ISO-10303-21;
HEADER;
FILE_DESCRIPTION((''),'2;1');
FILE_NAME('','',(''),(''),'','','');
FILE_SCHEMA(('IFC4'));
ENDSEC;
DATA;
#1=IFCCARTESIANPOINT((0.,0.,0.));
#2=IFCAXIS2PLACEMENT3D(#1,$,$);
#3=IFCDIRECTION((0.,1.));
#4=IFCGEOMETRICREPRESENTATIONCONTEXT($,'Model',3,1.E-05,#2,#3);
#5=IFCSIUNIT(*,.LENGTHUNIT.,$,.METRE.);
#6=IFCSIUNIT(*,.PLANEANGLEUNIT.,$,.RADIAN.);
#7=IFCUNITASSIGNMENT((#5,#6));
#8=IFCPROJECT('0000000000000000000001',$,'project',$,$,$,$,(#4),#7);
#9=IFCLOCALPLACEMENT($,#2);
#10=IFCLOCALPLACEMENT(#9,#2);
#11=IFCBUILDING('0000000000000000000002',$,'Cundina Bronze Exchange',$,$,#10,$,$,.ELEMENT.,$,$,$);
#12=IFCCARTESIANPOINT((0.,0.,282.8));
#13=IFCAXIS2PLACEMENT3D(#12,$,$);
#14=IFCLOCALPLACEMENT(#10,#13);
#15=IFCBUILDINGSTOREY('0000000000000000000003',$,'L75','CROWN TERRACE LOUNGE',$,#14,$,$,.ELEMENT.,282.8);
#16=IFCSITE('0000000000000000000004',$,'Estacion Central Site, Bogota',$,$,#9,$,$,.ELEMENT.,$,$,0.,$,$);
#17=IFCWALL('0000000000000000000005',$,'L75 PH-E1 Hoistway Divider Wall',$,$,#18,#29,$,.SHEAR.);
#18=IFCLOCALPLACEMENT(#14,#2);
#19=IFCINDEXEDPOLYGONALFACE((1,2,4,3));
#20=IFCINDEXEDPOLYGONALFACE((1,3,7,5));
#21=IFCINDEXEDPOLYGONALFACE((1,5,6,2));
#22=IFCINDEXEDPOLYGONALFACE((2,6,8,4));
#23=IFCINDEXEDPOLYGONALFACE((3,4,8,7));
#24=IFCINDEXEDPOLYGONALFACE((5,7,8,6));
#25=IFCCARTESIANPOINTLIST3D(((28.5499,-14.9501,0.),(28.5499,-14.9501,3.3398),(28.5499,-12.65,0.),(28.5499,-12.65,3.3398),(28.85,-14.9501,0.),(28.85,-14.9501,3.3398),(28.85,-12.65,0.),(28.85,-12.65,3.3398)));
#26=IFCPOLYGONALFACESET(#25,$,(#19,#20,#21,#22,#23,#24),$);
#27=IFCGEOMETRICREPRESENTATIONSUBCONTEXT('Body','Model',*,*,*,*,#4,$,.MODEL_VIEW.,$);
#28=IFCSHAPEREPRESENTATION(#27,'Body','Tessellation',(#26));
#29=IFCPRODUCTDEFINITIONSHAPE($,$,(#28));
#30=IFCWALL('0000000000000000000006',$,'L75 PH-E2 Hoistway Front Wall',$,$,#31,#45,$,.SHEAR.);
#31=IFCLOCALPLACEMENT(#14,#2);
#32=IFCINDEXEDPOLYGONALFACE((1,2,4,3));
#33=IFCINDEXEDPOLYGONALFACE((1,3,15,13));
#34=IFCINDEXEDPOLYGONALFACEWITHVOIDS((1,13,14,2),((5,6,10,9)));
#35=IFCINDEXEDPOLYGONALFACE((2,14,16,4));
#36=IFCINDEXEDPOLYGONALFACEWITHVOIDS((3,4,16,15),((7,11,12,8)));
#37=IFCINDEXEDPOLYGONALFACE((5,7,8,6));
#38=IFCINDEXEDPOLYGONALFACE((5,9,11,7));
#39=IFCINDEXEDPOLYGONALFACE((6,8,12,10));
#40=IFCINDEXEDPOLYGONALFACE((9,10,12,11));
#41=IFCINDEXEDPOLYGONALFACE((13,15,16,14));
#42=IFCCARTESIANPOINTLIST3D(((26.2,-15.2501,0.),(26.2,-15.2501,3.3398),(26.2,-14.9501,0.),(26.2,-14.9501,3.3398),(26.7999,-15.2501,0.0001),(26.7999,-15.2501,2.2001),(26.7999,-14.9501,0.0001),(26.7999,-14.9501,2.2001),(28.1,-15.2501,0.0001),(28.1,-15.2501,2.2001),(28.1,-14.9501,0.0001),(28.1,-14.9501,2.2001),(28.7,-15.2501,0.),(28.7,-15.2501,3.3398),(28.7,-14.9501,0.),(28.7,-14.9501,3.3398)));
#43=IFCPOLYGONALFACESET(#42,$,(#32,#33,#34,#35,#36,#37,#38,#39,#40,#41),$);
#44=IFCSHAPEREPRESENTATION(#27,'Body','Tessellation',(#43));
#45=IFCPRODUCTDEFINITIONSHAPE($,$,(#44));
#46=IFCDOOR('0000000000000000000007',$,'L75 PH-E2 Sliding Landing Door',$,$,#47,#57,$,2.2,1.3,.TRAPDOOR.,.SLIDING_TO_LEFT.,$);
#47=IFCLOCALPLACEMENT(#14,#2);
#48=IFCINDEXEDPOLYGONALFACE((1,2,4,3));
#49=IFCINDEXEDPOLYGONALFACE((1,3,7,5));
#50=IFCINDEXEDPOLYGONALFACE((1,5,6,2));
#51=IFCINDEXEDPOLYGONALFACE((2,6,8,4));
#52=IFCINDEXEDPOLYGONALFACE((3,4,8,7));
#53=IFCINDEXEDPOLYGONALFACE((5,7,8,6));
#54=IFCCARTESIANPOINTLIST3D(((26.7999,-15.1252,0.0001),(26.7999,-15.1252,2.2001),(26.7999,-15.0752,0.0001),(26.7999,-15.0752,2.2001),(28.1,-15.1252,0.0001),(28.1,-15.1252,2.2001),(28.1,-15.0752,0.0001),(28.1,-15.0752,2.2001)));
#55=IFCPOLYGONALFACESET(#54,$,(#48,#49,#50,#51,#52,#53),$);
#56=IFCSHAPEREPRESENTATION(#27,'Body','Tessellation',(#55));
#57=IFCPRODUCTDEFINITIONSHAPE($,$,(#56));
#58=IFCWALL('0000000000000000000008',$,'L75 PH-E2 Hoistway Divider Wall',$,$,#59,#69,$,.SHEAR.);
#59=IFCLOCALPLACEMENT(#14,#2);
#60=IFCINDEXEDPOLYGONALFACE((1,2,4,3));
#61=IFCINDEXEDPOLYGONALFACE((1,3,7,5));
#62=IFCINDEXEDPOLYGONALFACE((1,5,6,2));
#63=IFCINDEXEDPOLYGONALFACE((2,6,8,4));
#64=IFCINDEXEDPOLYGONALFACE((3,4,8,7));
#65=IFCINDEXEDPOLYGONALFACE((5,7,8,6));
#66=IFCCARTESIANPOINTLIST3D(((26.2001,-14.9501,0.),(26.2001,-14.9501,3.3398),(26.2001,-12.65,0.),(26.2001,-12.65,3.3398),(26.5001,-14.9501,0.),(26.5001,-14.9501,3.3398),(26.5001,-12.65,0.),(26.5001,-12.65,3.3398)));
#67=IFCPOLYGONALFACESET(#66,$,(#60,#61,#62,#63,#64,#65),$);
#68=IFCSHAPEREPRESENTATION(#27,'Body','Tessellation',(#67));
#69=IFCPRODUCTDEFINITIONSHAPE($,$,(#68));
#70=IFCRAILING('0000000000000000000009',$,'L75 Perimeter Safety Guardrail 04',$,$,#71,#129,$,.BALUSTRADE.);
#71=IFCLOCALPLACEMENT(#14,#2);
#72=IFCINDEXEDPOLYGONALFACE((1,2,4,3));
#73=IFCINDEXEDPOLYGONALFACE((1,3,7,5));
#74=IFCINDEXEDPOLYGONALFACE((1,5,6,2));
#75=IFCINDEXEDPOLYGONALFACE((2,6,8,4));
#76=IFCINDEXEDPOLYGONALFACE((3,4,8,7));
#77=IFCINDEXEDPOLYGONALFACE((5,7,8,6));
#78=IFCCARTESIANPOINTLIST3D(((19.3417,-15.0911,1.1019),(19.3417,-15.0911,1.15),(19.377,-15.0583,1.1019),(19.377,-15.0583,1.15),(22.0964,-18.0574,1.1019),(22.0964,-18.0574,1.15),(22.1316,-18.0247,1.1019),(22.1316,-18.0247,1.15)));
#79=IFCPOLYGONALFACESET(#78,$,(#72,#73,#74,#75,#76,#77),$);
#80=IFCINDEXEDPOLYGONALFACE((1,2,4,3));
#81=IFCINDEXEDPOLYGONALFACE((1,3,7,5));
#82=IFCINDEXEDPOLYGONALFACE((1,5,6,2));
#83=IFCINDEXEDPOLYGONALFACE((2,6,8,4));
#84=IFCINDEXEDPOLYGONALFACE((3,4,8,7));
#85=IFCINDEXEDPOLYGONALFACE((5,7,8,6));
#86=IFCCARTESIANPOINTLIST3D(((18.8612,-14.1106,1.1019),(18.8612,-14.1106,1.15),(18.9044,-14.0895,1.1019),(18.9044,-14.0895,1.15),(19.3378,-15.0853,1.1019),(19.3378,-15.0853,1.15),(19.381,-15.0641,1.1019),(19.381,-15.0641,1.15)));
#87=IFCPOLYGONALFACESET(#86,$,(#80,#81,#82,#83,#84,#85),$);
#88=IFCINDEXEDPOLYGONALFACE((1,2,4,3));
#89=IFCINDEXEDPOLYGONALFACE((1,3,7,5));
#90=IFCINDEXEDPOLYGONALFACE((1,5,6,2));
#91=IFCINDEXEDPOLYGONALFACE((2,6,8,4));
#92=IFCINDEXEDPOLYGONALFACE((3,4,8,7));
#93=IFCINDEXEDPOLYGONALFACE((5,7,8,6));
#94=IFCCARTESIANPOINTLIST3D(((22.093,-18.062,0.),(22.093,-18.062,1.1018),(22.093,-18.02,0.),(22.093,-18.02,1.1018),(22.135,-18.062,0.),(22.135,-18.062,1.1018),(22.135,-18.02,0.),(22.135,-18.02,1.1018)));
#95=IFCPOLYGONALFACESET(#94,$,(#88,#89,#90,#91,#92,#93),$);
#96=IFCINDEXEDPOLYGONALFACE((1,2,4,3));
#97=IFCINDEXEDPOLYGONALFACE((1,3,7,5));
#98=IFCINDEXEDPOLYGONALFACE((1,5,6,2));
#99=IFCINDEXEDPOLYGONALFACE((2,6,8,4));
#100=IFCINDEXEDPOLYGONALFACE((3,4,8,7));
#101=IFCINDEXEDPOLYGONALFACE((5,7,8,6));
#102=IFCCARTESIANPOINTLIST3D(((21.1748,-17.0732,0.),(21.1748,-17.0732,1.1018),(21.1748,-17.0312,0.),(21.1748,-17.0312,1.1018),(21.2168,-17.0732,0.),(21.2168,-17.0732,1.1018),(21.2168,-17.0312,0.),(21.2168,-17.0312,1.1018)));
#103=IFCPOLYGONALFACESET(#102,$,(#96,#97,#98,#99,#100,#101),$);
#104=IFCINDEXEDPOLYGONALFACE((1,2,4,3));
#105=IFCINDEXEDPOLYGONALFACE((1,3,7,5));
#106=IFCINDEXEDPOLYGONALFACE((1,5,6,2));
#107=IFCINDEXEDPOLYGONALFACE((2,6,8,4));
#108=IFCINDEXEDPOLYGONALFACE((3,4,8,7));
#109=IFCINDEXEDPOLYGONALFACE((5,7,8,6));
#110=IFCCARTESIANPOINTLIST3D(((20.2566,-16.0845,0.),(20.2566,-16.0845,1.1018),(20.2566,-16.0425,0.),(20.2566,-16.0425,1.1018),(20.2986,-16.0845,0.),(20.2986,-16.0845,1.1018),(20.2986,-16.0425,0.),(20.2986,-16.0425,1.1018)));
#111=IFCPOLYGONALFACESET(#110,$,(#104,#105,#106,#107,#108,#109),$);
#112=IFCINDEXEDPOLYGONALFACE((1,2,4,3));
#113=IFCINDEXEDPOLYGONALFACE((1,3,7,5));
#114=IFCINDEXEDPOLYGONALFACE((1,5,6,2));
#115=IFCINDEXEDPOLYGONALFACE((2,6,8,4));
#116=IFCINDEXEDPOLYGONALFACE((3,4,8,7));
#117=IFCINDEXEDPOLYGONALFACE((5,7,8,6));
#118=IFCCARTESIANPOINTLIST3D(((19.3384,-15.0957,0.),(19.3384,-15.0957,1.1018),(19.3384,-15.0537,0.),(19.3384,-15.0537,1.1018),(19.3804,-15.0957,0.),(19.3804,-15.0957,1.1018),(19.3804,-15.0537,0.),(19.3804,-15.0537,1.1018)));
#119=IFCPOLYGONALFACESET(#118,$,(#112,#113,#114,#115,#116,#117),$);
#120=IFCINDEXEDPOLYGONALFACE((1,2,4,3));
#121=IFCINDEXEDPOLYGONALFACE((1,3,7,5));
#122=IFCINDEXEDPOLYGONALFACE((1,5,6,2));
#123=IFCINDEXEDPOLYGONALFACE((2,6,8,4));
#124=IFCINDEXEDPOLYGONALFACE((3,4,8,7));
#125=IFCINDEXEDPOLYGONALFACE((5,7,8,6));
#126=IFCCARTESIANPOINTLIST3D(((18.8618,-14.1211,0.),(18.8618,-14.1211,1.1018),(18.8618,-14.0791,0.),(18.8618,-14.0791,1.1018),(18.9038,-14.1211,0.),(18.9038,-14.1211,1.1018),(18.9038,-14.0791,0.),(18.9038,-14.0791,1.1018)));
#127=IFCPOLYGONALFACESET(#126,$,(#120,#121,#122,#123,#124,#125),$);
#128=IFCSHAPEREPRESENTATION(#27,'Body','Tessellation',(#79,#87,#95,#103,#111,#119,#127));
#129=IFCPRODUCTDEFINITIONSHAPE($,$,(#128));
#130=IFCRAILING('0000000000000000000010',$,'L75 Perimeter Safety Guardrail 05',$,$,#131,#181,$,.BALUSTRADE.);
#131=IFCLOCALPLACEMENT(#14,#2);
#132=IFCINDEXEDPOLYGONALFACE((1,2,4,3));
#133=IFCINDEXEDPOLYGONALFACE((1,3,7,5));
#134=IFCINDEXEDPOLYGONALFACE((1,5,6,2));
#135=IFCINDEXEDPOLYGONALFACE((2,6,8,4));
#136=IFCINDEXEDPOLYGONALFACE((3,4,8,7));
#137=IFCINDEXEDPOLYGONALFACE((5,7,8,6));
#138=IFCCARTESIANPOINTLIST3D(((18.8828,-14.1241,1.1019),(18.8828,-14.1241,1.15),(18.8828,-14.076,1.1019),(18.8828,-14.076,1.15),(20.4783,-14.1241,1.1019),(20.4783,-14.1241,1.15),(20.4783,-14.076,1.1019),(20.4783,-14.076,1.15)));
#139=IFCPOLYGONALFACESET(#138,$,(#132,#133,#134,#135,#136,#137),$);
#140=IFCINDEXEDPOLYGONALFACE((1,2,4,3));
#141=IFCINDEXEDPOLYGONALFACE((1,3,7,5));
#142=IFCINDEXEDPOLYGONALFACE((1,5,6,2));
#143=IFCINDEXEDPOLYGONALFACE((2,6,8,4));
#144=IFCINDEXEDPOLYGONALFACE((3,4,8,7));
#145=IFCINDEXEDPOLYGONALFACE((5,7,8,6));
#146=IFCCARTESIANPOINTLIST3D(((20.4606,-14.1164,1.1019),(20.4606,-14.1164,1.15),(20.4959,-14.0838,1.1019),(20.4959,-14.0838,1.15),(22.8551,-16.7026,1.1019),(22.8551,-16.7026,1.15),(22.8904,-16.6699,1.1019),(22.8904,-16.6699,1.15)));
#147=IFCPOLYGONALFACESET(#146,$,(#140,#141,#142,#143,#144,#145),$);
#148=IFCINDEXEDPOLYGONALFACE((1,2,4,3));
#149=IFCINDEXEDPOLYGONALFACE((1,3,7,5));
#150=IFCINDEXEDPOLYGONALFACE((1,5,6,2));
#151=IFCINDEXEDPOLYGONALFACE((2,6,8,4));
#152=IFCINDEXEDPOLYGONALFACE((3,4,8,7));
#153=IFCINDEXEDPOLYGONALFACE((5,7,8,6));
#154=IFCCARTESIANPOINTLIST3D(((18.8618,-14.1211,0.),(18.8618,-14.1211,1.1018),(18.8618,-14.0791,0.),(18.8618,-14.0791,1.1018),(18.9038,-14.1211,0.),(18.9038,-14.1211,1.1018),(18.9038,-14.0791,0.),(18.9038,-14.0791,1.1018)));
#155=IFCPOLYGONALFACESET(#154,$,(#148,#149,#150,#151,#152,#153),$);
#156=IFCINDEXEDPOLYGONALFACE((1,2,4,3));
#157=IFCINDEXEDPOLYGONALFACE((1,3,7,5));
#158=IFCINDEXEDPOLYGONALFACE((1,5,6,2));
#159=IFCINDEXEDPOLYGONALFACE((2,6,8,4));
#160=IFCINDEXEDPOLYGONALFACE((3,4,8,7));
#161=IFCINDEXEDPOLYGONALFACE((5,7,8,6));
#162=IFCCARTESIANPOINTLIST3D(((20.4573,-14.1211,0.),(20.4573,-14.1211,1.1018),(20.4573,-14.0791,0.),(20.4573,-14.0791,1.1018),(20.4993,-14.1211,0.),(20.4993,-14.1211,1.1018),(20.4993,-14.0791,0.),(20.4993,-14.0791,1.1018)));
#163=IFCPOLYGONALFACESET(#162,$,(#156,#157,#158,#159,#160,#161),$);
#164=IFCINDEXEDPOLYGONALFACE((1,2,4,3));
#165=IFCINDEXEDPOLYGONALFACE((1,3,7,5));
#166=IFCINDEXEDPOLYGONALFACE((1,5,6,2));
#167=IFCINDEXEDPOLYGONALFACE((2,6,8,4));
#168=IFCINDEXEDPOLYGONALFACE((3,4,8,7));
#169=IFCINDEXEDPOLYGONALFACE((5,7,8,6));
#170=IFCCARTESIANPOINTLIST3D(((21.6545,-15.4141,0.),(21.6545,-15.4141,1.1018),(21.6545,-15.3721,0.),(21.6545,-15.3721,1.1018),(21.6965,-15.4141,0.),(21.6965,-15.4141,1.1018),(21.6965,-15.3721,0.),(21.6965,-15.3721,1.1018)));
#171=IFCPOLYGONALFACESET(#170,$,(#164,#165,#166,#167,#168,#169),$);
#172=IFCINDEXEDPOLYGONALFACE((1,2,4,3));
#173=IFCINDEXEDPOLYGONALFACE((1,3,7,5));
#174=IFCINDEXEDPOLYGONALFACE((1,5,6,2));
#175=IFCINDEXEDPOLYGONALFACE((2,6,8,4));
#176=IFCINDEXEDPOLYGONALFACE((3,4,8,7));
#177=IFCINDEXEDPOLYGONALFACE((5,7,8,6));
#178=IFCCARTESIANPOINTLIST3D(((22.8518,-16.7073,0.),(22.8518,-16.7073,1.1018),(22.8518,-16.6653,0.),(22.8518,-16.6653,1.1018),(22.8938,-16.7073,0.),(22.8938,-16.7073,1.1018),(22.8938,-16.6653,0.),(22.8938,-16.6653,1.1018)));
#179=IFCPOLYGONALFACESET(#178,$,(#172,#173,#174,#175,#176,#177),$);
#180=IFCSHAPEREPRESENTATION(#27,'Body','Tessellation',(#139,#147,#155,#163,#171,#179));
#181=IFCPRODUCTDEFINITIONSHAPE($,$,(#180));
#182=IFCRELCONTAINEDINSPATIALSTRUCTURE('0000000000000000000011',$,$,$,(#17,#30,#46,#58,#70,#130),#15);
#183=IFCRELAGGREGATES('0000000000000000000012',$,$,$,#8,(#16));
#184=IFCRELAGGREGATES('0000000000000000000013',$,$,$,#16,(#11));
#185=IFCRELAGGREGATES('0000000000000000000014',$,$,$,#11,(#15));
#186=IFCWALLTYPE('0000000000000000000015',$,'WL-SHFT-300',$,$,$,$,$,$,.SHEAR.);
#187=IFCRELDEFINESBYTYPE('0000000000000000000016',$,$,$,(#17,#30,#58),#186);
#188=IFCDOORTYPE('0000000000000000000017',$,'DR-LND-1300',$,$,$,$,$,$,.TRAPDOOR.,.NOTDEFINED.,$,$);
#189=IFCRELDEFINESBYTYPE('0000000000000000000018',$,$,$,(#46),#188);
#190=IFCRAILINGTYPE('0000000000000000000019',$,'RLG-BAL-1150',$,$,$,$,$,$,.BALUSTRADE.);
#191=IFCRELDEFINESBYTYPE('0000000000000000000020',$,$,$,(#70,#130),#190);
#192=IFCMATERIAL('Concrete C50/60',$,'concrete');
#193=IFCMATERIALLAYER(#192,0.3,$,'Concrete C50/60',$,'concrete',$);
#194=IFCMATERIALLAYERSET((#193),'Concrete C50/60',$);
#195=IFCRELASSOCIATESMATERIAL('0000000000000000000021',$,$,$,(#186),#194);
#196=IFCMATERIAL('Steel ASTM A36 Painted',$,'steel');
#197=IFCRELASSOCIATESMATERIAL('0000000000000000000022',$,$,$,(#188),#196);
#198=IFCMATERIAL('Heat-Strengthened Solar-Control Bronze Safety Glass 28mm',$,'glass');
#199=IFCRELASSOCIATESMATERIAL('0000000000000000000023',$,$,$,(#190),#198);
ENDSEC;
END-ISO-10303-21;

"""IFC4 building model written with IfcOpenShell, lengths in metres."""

from ifc_helpers import new_model, si_unit, direction, frame, frame_2d, origin, origin_2d, place, context, subcontext, project, spatial, rectangle, extrude, material, layer, layer_set, type_object, element, fill, save


model = new_model("IFC4")

# Units and contexts
model_context = context("Model", 3, precision=1e-05, world=origin(), true_north=direction((0.0, 1.0)))
body_context = subcontext(model_context, "Body", "Model", "MODEL_VIEW")
ifc_project = project(units=[si_unit("LENGTHUNIT", "METRE"), si_unit("PLANEANGLEUNIT", "RADIAN")], contexts=[model_context])

# Site, building, storey
site_placement = place(None, origin())
site = spatial("IfcSite", under=ifc_project, at=site_placement, Name="Estacion Central Site, Bogota", CompositionType="ELEMENT", RefElevation=0.0)
building_placement = place(site_placement, origin())
building = spatial("IfcBuilding", under=site, at=building_placement, Name="Cundina Bronze Exchange", CompositionType="ELEMENT")
storey_placement = place(building_placement, frame((0.0, 0.0, 282.8)))
storey = spatial("IfcBuildingStorey", under=building, at=storey_placement, Name="L75", Description="CROWN TERRACE LOUNGE", CompositionType="ELEMENT", Elevation=282.8)

# Shared definitions
ifc_material_1 = material(Name="Concrete C50/60", Category="concrete")
ifc_layer_1 = layer(ifc_material_1, 0.3, Name="Concrete C50/60", Category="concrete")
ifc_layer_set_1 = layer_set([ifc_layer_1], Name="Concrete C50/60")
wall_type_1 = type_object("IfcWallType", Name="WL-SHFT-300", PredefinedType="SHEAR", material=ifc_layer_set_1)

# Shared definitions
ifc_material_2 = material(Name="Steel ASTM A36 Painted", Category="steel")
door_type_1 = type_object("IfcDoorType", Name="DR-LND-1300", OperationType="NOTDEFINED", PredefinedType="TRAPDOOR", material=ifc_material_2)

# Wall
wall_1_placement = place(storey_placement, frame((28.7, -14.95, 0.0), z_axis=(0.0, 0.0, 1.0), x_axis=(0.0, 1.0, 0.0)))
element("IfcWall", 1, at=wall_1_placement, inside=storey, type_object=wall_type_1, Name="L75 PH-E1 Hoistway Divider Wall", PredefinedType="SHEAR", context=body_context, shape_type="SweptSolid", body=[
    extrude(rectangle(XDim=2.3, YDim=0.3, at=frame_2d((1.1499, 0.0))), origin(), (0.0, 0.0, 1.0), 3.3398),
])

# Wall, opening, door
wall_2_placement = place(storey_placement, frame((26.2, -15.1001, 0.0), z_axis=(0.0, 0.0, 1.0), x_axis=(1.0, 0.0, 0.0)))
wall_2 = element("IfcWall", 2, at=wall_2_placement, inside=storey, type_object=wall_type_1, Name="L75 PH-E2 Hoistway Front Wall", PredefinedType="SHEAR", context=body_context, shape_type="SweptSolid", body=[
    extrude(rectangle(XDim=2.5, YDim=0.3, at=frame_2d((1.25, 0.0))), origin(), (0.0, 0.0, 1.0), 3.3398),
])
opening_1_placement = place(wall_2_placement, frame((0.6001, 0.0, 0.0)))
opening_1 = element("IfcOpeningElement", 3, at=opening_1_placement, cuts=wall_2, PredefinedType="OPENING", context=body_context, shape_type="SweptSolid", body=[
    extrude(rectangle(XDim=1.3, YDim=2.2, at=frame_2d((0.6499, 1.1001))), frame((0.0, 0.1599, 0.0), z_axis=(0.0, -1.0, 0.0), x_axis=(1.0, 0.0, 0.0)), (0.0, 0.0, 1.0), 0.3201),
])
door_1_placement = place(opening_1_placement, origin())
door_1 = element("IfcDoor", 4, at=door_1_placement, inside=storey, type_object=door_type_1, Name="L75 PH-E2 Sliding Landing Door", OperationType="SLIDING_TO_LEFT", OverallHeight=2.2, OverallWidth=1.3, PredefinedType="TRAPDOOR", context=body_context, shape_type="SweptSolid", body=[
    extrude(rectangle(XDim=1.3, YDim=2.2, at=frame_2d((0.6499, 1.1001))), frame((0.0, 0.0249, 0.0), z_axis=(0.0, -1.0, 0.0), x_axis=(1.0, 0.0, 0.0)), (0.0, 0.0, 1.0), 0.05),
])
fill(opening_1, door_1)

# Wall
wall_3_placement = place(storey_placement, frame((26.3501, -14.95, 0.0), z_axis=(0.0, 0.0, 1.0), x_axis=(0.0, 1.0, 0.0)))
element("IfcWall", 5, at=wall_3_placement, inside=storey, type_object=wall_type_1, Name="L75 PH-E2 Hoistway Divider Wall", PredefinedType="SHEAR", context=body_context, shape_type="SweptSolid", body=[
    extrude(rectangle(XDim=2.3, YDim=0.3, at=frame_2d((1.1499, 0.0))), origin(), (0.0, 0.0, 1.0), 3.3398),
])

# Railings
ifc_material_3 = material(Name="Heat-Strengthened Solar-Control Bronze Safety Glass 28mm", Category="glass")
railing_type = type_object("IfcRailingType", Name="RLG-BAL-1150", PredefinedType="BALUSTRADE", material=ifc_material_3)
railing_1_placement = place(storey_placement, frame((22.114, -18.041, 0.0)))
element("IfcRailing", 6, at=railing_1_placement, inside=storey, type_object=railing_type, Name="L75 Perimeter Safety Guardrail 04", PredefinedType="BALUSTRADE", context=body_context, shape_type="SweptSolid", body=[
    extrude(rectangle(XDim=0.0481, YDim=0.0481, at=origin_2d()), frame((0.0, 0.0, 1.126), z_axis=(-0.680479, 0.732768, 0.0), x_axis=(-0.732768, -0.680479, 0.0)), (0.0, 0.0, 1.0), 4.0481),
    extrude(rectangle(XDim=0.0481, YDim=0.0481, at=origin_2d()), frame((-2.7546, 2.9663, 1.126), z_axis=(-0.439275, 0.898353, 0.0), x_axis=(-0.898353, -0.439275, 0.0)), (0.0, 0.0, 1.0), 1.085),
    extrude(rectangle(XDim=0.042, YDim=0.042, at=origin_2d()), origin(), (0.0, 0.0, 1.0), 1.1018),
    extrude(rectangle(XDim=0.042, YDim=0.042, at=origin_2d()), frame((-0.9182, 0.9888, 0.0)), (0.0, 0.0, 1.0), 1.1018),
    extrude(rectangle(XDim=0.042, YDim=0.042, at=origin_2d()), frame((-1.8364, 1.9775, 0.0)), (0.0, 0.0, 1.0), 1.1018),
    extrude(rectangle(XDim=0.042, YDim=0.042, at=origin_2d()), frame((-2.7546, 2.9663, 0.0)), (0.0, 0.0, 1.0), 1.1018),
    extrude(rectangle(XDim=0.042, YDim=0.042, at=origin_2d()), frame((-3.2312, 3.9409, 0.0)), (0.0, 0.0, 1.0), 1.1018),
])
railing_2_placement = place(storey_placement, frame((18.8828, -14.1001, 0.0)))
element("IfcRailing", 7, at=railing_2_placement, inside=storey, type_object=railing_type, Name="L75 Perimeter Safety Guardrail 05", PredefinedType="BALUSTRADE", context=body_context, shape_type="SweptSolid", body=[
    extrude(rectangle(XDim=0.0481, YDim=0.0481, at=origin_2d()), frame((0.0, 0.0, 1.126), z_axis=(1.0, 0.0, 0.0), x_axis=(0.0, 1.0, 0.0)), (0.0, 0.0, 1.0), 1.5955),
    extrude(rectangle(XDim=0.0481, YDim=0.0481, at=origin_2d()), frame((1.5955, 0.0, 1.126), z_axis=(0.679396, -0.733772, 0.0), x_axis=(0.733772, 0.679396, 0.0)), (0.0, 0.0, 1.0), 3.5244),
    extrude(rectangle(XDim=0.042, YDim=0.042, at=origin_2d()), origin(), (0.0, 0.0, 1.0), 1.1018),
    extrude(rectangle(XDim=0.042, YDim=0.042, at=origin_2d()), frame((1.5955, 0.0, 0.0)), (0.0, 0.0, 1.0), 1.1018),
    extrude(rectangle(XDim=0.042, YDim=0.042, at=origin_2d()), frame((2.7927, -1.293, 0.0)), (0.0, 0.0, 1.0), 1.1018),
    extrude(rectangle(XDim=0.042, YDim=0.042, at=origin_2d()), frame((3.99, -2.5862, 0.0)), (0.0, 0.0, 1.0), 1.1018),
])

save(model, "model.ifc")
